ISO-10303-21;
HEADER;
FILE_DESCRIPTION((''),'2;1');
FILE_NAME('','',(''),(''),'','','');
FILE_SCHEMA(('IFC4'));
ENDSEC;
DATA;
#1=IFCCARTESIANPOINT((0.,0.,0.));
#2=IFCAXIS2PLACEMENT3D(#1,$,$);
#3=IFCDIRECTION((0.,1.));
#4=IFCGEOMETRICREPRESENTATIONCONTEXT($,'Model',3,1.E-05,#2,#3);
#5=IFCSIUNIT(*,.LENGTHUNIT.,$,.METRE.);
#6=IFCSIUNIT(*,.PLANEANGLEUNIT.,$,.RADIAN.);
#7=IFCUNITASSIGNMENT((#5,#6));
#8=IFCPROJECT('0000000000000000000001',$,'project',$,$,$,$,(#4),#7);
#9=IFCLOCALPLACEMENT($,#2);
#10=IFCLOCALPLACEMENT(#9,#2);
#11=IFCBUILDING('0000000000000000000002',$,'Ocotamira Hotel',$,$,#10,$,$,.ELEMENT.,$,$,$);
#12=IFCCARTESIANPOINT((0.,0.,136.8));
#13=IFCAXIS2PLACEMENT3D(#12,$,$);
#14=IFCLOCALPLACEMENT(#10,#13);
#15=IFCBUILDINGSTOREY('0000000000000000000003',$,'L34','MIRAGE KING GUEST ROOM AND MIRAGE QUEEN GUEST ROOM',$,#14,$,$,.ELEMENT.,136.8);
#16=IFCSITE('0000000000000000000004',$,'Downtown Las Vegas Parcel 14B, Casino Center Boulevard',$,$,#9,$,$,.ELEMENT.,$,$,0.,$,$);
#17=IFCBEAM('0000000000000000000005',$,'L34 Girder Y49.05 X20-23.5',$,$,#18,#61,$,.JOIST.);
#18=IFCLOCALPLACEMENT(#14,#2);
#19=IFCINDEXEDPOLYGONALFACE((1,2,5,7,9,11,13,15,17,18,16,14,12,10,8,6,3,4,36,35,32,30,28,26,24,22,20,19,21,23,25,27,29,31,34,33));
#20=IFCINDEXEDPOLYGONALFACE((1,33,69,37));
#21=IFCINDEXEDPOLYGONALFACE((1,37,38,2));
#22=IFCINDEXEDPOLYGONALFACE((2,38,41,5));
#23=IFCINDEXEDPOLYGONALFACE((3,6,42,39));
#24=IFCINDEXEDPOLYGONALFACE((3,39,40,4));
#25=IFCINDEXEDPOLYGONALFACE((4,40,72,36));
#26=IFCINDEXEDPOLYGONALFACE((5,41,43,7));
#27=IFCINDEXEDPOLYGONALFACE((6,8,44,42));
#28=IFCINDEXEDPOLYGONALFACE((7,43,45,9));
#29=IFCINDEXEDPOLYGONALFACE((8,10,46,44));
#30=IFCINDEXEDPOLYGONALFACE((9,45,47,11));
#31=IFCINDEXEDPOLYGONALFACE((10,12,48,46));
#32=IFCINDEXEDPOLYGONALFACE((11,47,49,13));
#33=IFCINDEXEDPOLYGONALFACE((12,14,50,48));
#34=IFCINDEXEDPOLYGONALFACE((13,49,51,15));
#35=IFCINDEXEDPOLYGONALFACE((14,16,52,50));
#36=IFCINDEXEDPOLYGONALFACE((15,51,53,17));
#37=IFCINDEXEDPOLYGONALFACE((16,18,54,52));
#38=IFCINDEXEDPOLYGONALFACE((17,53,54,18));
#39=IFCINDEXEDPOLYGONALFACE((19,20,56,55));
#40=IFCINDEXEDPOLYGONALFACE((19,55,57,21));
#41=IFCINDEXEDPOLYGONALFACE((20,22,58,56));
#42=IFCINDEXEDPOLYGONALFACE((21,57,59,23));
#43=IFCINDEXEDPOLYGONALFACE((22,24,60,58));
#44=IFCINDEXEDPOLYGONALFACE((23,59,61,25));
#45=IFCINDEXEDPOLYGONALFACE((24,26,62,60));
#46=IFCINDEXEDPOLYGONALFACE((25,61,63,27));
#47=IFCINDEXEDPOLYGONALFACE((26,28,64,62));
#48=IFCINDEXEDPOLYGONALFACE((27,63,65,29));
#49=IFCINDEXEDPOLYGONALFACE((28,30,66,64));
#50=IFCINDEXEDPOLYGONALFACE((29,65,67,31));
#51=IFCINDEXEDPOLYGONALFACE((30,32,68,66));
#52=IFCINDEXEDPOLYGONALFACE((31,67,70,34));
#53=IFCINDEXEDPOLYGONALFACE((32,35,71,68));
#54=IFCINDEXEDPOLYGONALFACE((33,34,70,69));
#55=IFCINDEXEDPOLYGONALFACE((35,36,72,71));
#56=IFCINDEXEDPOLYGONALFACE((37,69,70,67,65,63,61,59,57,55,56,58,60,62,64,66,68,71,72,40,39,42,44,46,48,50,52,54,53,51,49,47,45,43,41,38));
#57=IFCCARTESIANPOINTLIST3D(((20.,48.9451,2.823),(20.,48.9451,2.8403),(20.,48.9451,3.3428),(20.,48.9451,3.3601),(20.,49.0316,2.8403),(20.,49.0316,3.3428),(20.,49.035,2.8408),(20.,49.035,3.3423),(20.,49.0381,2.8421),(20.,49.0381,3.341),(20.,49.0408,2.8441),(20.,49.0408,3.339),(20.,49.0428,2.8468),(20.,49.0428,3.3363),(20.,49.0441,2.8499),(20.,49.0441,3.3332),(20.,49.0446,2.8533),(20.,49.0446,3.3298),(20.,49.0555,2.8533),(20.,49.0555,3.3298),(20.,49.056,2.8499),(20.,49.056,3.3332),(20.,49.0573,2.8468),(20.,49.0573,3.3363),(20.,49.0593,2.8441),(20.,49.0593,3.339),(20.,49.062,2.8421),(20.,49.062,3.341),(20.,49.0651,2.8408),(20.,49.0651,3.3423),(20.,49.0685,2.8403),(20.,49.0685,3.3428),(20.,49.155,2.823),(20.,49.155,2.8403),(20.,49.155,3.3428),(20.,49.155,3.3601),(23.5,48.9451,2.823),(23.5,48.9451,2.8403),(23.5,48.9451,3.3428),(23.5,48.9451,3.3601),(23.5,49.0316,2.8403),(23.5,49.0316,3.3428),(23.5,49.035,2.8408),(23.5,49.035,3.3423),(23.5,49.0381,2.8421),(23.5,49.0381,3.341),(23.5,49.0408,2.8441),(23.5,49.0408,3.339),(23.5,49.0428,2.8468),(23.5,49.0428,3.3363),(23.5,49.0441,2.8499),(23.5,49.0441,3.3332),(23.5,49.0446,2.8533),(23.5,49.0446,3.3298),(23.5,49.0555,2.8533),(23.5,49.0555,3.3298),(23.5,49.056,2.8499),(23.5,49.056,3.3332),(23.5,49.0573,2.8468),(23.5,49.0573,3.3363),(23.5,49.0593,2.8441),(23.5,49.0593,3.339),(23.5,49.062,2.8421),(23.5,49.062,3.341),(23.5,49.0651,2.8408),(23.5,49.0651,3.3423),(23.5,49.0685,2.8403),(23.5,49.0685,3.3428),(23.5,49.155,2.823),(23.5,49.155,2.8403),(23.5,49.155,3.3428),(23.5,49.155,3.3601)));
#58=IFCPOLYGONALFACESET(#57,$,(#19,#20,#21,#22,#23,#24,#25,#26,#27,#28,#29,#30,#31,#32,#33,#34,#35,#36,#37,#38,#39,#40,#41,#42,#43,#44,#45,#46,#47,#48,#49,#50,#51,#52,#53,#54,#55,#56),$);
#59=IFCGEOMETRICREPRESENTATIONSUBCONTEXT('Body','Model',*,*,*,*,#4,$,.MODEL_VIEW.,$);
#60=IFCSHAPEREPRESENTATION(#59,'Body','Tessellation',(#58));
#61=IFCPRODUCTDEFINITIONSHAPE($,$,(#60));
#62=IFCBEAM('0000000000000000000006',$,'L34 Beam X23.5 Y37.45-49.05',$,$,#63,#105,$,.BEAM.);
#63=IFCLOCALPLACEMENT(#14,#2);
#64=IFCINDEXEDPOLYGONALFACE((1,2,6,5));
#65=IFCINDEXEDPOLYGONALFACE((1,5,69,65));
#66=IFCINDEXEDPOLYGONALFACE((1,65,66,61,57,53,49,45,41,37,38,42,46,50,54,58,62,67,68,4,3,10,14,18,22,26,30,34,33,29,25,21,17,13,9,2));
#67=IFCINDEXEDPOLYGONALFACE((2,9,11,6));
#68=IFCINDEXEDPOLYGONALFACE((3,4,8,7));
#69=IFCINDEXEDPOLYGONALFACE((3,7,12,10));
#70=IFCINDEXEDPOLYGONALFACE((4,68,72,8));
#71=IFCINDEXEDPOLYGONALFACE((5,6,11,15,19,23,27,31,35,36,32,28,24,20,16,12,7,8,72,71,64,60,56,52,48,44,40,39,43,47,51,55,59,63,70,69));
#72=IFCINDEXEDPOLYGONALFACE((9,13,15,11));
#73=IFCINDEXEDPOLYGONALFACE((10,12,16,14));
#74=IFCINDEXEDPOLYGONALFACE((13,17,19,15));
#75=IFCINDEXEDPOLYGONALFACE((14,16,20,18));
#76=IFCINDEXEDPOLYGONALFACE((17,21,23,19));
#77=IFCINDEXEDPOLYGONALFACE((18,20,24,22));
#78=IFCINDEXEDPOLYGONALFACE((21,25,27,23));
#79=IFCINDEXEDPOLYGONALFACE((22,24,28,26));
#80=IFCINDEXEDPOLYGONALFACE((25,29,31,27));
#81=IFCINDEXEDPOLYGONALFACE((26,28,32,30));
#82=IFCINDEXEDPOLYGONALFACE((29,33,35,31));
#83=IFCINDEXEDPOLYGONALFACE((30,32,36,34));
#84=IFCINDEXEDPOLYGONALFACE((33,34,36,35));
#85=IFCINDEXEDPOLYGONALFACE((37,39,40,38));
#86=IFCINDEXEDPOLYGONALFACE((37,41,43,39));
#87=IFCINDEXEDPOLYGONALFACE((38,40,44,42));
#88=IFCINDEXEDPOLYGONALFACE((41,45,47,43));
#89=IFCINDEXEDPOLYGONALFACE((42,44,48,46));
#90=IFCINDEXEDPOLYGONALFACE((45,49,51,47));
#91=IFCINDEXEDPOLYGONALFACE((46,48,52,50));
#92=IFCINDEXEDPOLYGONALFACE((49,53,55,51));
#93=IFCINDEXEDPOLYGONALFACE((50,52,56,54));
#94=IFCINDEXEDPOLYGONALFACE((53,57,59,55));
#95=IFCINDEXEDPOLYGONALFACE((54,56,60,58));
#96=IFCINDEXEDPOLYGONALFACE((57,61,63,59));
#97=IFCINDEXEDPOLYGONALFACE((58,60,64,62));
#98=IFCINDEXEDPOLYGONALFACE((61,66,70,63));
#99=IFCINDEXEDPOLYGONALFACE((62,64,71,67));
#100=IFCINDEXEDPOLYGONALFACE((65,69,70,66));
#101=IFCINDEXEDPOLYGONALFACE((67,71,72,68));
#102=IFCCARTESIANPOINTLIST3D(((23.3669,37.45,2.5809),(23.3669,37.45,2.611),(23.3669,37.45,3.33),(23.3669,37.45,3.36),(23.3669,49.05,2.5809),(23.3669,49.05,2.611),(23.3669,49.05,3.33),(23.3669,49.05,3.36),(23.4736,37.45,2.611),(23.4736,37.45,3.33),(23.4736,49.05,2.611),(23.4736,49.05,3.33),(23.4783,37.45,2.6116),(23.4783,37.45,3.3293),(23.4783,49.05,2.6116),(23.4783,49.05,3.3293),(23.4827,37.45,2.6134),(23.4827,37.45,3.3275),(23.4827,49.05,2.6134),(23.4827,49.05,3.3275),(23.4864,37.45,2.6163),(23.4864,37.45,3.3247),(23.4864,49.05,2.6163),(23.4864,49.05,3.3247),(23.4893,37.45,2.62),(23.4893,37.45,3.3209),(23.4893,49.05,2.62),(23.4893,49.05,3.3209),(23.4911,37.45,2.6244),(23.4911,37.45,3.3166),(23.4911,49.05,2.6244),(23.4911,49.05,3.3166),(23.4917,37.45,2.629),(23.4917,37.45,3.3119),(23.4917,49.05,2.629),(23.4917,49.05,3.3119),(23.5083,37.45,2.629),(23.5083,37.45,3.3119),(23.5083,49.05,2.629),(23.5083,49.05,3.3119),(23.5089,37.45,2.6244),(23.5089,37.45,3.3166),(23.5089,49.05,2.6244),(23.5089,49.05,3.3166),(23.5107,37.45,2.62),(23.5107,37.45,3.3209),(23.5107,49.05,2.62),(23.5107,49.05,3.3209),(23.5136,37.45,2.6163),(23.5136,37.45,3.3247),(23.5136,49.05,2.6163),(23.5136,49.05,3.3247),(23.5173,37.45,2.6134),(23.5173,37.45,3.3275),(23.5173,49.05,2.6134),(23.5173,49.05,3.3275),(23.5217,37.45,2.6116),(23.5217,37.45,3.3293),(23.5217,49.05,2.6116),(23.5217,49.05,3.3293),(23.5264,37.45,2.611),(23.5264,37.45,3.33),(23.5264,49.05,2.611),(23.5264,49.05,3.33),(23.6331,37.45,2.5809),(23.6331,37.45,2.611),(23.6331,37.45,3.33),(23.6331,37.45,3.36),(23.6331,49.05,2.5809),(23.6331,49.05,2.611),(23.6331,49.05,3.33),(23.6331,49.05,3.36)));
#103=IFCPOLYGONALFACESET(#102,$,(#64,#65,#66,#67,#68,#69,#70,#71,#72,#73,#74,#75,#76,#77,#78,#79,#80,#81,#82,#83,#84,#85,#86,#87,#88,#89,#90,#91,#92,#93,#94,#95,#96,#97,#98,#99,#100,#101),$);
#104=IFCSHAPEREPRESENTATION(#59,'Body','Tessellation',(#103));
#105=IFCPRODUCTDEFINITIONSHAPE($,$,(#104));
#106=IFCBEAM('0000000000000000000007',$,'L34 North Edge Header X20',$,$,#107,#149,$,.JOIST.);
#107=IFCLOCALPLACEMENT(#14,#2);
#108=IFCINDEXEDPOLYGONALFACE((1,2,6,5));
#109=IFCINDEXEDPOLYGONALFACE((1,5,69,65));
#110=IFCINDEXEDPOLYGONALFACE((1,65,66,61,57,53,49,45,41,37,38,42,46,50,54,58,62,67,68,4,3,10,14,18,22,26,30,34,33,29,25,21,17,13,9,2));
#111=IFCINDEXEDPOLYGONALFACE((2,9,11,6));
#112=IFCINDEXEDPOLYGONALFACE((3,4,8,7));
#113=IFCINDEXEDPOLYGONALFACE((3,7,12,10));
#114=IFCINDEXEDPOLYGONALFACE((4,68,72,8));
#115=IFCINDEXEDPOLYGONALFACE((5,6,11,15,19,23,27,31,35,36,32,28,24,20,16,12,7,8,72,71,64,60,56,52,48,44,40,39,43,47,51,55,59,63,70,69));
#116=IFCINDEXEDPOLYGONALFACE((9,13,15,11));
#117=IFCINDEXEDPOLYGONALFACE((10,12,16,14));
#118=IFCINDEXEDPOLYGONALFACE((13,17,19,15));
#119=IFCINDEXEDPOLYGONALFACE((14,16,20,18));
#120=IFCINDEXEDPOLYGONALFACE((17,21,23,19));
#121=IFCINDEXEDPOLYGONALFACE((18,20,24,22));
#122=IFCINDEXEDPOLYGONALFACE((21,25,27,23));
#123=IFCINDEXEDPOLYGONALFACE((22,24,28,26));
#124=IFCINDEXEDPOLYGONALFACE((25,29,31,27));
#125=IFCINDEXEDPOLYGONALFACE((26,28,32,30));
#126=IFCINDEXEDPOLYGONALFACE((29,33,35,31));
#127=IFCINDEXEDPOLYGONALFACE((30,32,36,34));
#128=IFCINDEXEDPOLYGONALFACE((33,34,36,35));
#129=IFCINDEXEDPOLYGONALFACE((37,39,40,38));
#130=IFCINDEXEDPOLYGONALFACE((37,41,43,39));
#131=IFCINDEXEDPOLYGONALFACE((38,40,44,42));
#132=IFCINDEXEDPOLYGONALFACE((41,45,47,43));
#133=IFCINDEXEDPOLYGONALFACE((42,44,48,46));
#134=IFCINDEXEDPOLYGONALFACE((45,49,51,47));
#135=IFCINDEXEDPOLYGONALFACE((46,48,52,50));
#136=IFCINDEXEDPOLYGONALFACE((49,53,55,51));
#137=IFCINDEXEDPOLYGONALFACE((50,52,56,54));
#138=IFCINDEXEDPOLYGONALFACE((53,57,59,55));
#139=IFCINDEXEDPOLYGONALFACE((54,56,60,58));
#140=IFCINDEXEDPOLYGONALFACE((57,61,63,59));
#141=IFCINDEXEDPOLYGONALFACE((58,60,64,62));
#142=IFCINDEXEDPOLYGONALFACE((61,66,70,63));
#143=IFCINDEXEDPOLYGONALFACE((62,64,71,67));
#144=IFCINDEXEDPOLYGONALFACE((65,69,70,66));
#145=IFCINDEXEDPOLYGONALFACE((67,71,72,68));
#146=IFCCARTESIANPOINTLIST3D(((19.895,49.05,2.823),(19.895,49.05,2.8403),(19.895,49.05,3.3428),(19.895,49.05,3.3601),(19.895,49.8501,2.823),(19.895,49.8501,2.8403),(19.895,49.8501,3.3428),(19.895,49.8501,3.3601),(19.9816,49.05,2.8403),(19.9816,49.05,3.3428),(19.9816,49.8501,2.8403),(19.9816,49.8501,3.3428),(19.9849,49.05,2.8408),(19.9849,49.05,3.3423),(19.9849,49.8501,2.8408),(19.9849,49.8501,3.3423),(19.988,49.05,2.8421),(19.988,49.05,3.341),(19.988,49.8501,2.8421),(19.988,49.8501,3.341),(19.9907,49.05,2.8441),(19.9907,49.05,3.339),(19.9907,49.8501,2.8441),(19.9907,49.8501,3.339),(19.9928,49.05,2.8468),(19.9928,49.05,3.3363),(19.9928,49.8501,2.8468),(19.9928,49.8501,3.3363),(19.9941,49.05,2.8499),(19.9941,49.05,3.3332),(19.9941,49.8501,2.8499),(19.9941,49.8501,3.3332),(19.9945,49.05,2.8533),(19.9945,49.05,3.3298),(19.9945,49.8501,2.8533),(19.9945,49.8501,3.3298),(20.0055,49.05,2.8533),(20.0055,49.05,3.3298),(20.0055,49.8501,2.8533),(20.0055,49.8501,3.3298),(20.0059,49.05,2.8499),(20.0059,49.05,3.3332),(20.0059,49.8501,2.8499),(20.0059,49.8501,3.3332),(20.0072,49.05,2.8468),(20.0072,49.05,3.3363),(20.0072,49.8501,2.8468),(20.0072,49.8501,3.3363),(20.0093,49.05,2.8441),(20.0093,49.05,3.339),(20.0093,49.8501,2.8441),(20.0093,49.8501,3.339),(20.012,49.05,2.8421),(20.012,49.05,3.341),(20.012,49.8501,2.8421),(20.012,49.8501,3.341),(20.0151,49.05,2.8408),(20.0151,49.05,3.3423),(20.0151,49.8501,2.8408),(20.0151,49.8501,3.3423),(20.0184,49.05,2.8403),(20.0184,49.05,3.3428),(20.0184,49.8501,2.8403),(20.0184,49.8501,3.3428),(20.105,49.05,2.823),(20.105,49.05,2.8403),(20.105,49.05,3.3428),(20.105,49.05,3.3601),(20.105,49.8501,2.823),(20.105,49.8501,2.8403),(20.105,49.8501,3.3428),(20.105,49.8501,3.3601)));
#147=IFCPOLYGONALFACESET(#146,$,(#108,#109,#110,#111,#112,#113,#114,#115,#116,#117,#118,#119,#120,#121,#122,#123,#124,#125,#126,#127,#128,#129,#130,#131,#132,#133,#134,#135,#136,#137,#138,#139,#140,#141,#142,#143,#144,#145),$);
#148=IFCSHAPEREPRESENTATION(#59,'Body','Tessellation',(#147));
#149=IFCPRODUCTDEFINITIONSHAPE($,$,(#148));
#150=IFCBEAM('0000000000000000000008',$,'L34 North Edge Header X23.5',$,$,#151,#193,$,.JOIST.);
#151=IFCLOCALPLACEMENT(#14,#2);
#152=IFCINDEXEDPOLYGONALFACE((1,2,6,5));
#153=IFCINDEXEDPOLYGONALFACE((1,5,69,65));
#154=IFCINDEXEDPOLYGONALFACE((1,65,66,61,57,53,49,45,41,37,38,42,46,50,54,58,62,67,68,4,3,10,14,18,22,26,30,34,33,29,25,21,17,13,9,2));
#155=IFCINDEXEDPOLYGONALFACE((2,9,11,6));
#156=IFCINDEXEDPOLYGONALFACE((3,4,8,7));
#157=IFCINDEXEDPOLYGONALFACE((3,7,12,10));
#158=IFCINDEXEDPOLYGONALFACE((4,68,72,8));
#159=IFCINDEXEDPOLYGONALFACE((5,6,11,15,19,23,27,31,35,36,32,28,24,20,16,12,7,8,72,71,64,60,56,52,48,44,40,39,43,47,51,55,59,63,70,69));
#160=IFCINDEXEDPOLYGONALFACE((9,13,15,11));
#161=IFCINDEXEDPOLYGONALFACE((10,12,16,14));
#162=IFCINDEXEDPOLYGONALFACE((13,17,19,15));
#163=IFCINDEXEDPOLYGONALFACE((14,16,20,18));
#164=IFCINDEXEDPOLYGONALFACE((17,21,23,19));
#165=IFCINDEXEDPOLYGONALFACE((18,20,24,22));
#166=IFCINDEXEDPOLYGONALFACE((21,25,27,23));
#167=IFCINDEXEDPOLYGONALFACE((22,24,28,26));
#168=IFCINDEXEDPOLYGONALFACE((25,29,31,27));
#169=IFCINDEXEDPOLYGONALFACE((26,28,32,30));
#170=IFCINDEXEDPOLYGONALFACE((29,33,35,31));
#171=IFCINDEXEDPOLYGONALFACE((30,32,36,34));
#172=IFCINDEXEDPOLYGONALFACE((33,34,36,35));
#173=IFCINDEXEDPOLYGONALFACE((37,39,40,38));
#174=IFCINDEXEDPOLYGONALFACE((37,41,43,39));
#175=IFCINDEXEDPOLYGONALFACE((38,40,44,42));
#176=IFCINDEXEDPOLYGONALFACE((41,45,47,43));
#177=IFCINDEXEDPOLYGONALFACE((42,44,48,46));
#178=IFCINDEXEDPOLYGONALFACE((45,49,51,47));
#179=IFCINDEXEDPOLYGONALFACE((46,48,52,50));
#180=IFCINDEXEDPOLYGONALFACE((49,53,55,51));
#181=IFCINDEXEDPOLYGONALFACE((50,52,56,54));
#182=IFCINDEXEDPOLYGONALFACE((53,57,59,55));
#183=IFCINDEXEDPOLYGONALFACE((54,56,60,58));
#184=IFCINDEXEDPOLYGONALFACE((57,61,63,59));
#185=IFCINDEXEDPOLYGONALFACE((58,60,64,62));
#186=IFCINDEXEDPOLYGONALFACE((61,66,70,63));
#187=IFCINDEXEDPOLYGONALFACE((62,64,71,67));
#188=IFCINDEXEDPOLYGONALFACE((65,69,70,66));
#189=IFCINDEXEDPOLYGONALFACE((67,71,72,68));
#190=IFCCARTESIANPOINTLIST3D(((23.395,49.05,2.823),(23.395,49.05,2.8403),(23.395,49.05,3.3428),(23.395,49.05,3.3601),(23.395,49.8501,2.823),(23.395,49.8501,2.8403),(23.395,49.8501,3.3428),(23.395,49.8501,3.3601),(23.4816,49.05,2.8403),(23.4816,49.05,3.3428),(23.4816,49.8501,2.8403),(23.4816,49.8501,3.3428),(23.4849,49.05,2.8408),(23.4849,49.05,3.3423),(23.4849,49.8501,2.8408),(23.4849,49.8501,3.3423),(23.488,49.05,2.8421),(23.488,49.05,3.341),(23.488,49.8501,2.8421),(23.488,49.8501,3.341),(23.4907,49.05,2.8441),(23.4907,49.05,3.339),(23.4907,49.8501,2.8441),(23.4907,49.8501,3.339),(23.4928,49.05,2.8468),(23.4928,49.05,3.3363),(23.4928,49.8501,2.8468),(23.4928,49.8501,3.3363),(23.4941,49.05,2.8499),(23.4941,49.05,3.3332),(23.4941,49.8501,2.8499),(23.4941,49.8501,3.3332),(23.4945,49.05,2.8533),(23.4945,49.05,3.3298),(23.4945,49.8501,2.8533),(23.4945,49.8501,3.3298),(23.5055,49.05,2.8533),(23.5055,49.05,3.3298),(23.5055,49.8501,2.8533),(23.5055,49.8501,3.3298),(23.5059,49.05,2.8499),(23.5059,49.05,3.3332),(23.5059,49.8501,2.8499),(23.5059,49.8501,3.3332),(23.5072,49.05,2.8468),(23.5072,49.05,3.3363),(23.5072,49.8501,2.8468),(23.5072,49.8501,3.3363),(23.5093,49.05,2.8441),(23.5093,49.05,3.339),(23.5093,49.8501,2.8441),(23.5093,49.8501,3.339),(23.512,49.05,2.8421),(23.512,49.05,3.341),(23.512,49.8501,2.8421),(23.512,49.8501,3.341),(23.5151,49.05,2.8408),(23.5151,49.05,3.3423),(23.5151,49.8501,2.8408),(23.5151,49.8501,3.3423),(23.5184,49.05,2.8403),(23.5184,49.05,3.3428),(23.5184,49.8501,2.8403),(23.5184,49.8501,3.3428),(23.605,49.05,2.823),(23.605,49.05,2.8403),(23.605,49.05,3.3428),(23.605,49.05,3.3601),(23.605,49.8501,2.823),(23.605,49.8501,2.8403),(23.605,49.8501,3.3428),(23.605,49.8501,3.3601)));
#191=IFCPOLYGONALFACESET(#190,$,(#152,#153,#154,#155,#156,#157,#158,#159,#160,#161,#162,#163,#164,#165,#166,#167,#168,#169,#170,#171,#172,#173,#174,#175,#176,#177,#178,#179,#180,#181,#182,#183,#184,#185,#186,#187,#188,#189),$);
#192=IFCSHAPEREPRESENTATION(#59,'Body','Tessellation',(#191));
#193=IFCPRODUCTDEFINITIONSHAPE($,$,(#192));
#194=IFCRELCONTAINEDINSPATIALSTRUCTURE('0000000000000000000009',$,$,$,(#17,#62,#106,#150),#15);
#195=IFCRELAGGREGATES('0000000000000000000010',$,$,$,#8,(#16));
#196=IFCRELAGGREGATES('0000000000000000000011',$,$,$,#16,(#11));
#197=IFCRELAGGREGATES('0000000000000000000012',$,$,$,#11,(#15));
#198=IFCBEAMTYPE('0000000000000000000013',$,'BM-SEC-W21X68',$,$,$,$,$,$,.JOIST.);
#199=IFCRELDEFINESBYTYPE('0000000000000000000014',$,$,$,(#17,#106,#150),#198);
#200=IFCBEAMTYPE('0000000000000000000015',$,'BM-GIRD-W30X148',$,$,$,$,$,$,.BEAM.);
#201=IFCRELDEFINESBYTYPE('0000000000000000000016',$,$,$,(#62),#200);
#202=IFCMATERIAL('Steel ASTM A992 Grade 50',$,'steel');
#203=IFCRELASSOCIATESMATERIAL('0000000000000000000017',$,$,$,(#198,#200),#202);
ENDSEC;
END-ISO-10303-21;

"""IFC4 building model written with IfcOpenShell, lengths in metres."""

from ifc_helpers import new_model, si_unit, direction, frame, origin, origin_2d, place, context, subcontext, project, spatial, i_section, extrude, source, transform, mapped, material, material_profile, profile_set, type_object, element, save


model = new_model("IFC4")

# Units and contexts
model_context = context("Model", 3, precision=1e-05, world=origin(), true_north=direction((0.0, 1.0)))
body_context = subcontext(model_context, "Body", "Model", "MODEL_VIEW")
ifc_project = project(units=[si_unit("LENGTHUNIT", "METRE"), si_unit("PLANEANGLEUNIT", "RADIAN")], contexts=[model_context])

# Site, building, storey
site_placement = place(None, origin())
site = spatial("IfcSite", under=ifc_project, at=site_placement, Name="Downtown Las Vegas Parcel 14B, Casino Center Boulevard", CompositionType="ELEMENT", RefElevation=0.0)
building_placement = place(site_placement, origin())
building = spatial("IfcBuilding", under=site, at=building_placement, Name="Ocotamira Hotel", CompositionType="ELEMENT")
storey_placement = place(building_placement, frame((0.0, 0.0, 136.8)))
storey = spatial("IfcBuildingStorey", under=building, at=storey_placement, Name="L34", Description="MIRAGE KING GUEST ROOM AND MIRAGE QUEEN GUEST ROOM", CompositionType="ELEMENT", Elevation=136.8)

# Beams
ifc_material_1 = material(Name="Steel ASTM A992 Grade 50", Category="steel")
ifc_material_profile_1 = material_profile(ifc_material_1, i_section(OverallWidth=0.21, OverallDepth=0.5371, WebThickness=0.011, FlangeThickness=0.0173, FilletRadius=0.0129, at=origin_2d()), Name="W21X68")
ifc_profile_set_1 = profile_set([ifc_material_profile_1], Name="Steel ASTM A992 Grade 50")
beam_type_1 = type_object("IfcBeamType", Name="BM-SEC-W21X68", PredefinedType="JOIST", material=ifc_profile_set_1)
shared_shape_1 = source(origin(), body_context, "Body", "SweptSolid", [
    extrude(i_section(OverallWidth=0.21, OverallDepth=0.5371, WebThickness=0.011, FlangeThickness=0.0173, FilletRadius=0.0129, at=origin_2d()), origin(), (0.0, 0.0, 1.0), 3.5),
])
beam_1_placement = place(storey_placement, frame((20.0, 49.05, 3.0916), z_axis=(1.0, 0.0, 0.0), x_axis=(0.0, 1.0, 0.0)))
element("IfcBeam", 1, at=beam_1_placement, inside=storey, type_object=beam_type_1, Name="L34 Girder Y49.05 X20-23.5", PredefinedType="JOIST", context=body_context, shape_type="MappedRepresentation", body=[
    mapped(shared_shape_1, transform((0.0, 0.0, 0.0), scale=1.0)),
])
ifc_material_profile_2 = material_profile(ifc_material_1, i_section(OverallWidth=0.2661, OverallDepth=0.7791, WebThickness=0.0166, FlangeThickness=0.03, FilletRadius=0.0181, at=origin_2d()), Name="W30X148")
ifc_profile_set_2 = profile_set([ifc_material_profile_2], Name="Steel ASTM A992 Grade 50")
beam_type_2 = type_object("IfcBeamType", Name="BM-GIRD-W30X148", PredefinedType="BEAM", material=ifc_profile_set_2)
shared_shape_2 = source(origin(), body_context, "Body", "SweptSolid", [
    extrude(i_section(OverallWidth=0.2661, OverallDepth=0.7791, WebThickness=0.0166, FlangeThickness=0.03, FilletRadius=0.0181, at=origin_2d()), origin(), (0.0, 0.0, 1.0), 11.6001),
])
beam_2_placement = place(storey_placement, frame((23.5, 37.45, 2.9705), z_axis=(0.0, 1.0, 0.0), x_axis=(-1.0, 0.0, 0.0)))
element("IfcBeam", 2, at=beam_2_placement, inside=storey, type_object=beam_type_2, Name="L34 Beam X23.5 Y37.45-49.05", PredefinedType="BEAM", context=body_context, shape_type="MappedRepresentation", body=[
    mapped(shared_shape_2, transform((0.0, 0.0, 0.0), scale=1.0)),
])
shared_shape_3 = source(origin(), body_context, "Body", "SweptSolid", [
    extrude(i_section(OverallWidth=0.21, OverallDepth=0.5371, WebThickness=0.011, FlangeThickness=0.0173, FilletRadius=0.0129, at=origin_2d()), origin(), (0.0, 0.0, 1.0), 0.8),
])
for number, where, z_axis, x_axis, name in (
    (3, (20.0, 49.05, 3.0916), (0.0, 1.0, 0.0), (-1.0, 0.0, 0.0), "L34 North Edge Header X20"),
    (4, (23.5, 49.05, 3.0916), (0.0, 1.0, 0.0), (-1.0, 0.0, 0.0), "L34 North Edge Header X23.5"),
):
    element("IfcBeam", number, at=place(storey_placement, frame(where, z_axis=z_axis, x_axis=x_axis)), inside=storey, type_object=beam_type_1, Name=name, PredefinedType="JOIST", context=body_context, shape_type="MappedRepresentation", body=[
        mapped(shared_shape_3, transform((0.0, 0.0, 0.0), scale=1.0)),
    ])

save(model, "model.ifc")
